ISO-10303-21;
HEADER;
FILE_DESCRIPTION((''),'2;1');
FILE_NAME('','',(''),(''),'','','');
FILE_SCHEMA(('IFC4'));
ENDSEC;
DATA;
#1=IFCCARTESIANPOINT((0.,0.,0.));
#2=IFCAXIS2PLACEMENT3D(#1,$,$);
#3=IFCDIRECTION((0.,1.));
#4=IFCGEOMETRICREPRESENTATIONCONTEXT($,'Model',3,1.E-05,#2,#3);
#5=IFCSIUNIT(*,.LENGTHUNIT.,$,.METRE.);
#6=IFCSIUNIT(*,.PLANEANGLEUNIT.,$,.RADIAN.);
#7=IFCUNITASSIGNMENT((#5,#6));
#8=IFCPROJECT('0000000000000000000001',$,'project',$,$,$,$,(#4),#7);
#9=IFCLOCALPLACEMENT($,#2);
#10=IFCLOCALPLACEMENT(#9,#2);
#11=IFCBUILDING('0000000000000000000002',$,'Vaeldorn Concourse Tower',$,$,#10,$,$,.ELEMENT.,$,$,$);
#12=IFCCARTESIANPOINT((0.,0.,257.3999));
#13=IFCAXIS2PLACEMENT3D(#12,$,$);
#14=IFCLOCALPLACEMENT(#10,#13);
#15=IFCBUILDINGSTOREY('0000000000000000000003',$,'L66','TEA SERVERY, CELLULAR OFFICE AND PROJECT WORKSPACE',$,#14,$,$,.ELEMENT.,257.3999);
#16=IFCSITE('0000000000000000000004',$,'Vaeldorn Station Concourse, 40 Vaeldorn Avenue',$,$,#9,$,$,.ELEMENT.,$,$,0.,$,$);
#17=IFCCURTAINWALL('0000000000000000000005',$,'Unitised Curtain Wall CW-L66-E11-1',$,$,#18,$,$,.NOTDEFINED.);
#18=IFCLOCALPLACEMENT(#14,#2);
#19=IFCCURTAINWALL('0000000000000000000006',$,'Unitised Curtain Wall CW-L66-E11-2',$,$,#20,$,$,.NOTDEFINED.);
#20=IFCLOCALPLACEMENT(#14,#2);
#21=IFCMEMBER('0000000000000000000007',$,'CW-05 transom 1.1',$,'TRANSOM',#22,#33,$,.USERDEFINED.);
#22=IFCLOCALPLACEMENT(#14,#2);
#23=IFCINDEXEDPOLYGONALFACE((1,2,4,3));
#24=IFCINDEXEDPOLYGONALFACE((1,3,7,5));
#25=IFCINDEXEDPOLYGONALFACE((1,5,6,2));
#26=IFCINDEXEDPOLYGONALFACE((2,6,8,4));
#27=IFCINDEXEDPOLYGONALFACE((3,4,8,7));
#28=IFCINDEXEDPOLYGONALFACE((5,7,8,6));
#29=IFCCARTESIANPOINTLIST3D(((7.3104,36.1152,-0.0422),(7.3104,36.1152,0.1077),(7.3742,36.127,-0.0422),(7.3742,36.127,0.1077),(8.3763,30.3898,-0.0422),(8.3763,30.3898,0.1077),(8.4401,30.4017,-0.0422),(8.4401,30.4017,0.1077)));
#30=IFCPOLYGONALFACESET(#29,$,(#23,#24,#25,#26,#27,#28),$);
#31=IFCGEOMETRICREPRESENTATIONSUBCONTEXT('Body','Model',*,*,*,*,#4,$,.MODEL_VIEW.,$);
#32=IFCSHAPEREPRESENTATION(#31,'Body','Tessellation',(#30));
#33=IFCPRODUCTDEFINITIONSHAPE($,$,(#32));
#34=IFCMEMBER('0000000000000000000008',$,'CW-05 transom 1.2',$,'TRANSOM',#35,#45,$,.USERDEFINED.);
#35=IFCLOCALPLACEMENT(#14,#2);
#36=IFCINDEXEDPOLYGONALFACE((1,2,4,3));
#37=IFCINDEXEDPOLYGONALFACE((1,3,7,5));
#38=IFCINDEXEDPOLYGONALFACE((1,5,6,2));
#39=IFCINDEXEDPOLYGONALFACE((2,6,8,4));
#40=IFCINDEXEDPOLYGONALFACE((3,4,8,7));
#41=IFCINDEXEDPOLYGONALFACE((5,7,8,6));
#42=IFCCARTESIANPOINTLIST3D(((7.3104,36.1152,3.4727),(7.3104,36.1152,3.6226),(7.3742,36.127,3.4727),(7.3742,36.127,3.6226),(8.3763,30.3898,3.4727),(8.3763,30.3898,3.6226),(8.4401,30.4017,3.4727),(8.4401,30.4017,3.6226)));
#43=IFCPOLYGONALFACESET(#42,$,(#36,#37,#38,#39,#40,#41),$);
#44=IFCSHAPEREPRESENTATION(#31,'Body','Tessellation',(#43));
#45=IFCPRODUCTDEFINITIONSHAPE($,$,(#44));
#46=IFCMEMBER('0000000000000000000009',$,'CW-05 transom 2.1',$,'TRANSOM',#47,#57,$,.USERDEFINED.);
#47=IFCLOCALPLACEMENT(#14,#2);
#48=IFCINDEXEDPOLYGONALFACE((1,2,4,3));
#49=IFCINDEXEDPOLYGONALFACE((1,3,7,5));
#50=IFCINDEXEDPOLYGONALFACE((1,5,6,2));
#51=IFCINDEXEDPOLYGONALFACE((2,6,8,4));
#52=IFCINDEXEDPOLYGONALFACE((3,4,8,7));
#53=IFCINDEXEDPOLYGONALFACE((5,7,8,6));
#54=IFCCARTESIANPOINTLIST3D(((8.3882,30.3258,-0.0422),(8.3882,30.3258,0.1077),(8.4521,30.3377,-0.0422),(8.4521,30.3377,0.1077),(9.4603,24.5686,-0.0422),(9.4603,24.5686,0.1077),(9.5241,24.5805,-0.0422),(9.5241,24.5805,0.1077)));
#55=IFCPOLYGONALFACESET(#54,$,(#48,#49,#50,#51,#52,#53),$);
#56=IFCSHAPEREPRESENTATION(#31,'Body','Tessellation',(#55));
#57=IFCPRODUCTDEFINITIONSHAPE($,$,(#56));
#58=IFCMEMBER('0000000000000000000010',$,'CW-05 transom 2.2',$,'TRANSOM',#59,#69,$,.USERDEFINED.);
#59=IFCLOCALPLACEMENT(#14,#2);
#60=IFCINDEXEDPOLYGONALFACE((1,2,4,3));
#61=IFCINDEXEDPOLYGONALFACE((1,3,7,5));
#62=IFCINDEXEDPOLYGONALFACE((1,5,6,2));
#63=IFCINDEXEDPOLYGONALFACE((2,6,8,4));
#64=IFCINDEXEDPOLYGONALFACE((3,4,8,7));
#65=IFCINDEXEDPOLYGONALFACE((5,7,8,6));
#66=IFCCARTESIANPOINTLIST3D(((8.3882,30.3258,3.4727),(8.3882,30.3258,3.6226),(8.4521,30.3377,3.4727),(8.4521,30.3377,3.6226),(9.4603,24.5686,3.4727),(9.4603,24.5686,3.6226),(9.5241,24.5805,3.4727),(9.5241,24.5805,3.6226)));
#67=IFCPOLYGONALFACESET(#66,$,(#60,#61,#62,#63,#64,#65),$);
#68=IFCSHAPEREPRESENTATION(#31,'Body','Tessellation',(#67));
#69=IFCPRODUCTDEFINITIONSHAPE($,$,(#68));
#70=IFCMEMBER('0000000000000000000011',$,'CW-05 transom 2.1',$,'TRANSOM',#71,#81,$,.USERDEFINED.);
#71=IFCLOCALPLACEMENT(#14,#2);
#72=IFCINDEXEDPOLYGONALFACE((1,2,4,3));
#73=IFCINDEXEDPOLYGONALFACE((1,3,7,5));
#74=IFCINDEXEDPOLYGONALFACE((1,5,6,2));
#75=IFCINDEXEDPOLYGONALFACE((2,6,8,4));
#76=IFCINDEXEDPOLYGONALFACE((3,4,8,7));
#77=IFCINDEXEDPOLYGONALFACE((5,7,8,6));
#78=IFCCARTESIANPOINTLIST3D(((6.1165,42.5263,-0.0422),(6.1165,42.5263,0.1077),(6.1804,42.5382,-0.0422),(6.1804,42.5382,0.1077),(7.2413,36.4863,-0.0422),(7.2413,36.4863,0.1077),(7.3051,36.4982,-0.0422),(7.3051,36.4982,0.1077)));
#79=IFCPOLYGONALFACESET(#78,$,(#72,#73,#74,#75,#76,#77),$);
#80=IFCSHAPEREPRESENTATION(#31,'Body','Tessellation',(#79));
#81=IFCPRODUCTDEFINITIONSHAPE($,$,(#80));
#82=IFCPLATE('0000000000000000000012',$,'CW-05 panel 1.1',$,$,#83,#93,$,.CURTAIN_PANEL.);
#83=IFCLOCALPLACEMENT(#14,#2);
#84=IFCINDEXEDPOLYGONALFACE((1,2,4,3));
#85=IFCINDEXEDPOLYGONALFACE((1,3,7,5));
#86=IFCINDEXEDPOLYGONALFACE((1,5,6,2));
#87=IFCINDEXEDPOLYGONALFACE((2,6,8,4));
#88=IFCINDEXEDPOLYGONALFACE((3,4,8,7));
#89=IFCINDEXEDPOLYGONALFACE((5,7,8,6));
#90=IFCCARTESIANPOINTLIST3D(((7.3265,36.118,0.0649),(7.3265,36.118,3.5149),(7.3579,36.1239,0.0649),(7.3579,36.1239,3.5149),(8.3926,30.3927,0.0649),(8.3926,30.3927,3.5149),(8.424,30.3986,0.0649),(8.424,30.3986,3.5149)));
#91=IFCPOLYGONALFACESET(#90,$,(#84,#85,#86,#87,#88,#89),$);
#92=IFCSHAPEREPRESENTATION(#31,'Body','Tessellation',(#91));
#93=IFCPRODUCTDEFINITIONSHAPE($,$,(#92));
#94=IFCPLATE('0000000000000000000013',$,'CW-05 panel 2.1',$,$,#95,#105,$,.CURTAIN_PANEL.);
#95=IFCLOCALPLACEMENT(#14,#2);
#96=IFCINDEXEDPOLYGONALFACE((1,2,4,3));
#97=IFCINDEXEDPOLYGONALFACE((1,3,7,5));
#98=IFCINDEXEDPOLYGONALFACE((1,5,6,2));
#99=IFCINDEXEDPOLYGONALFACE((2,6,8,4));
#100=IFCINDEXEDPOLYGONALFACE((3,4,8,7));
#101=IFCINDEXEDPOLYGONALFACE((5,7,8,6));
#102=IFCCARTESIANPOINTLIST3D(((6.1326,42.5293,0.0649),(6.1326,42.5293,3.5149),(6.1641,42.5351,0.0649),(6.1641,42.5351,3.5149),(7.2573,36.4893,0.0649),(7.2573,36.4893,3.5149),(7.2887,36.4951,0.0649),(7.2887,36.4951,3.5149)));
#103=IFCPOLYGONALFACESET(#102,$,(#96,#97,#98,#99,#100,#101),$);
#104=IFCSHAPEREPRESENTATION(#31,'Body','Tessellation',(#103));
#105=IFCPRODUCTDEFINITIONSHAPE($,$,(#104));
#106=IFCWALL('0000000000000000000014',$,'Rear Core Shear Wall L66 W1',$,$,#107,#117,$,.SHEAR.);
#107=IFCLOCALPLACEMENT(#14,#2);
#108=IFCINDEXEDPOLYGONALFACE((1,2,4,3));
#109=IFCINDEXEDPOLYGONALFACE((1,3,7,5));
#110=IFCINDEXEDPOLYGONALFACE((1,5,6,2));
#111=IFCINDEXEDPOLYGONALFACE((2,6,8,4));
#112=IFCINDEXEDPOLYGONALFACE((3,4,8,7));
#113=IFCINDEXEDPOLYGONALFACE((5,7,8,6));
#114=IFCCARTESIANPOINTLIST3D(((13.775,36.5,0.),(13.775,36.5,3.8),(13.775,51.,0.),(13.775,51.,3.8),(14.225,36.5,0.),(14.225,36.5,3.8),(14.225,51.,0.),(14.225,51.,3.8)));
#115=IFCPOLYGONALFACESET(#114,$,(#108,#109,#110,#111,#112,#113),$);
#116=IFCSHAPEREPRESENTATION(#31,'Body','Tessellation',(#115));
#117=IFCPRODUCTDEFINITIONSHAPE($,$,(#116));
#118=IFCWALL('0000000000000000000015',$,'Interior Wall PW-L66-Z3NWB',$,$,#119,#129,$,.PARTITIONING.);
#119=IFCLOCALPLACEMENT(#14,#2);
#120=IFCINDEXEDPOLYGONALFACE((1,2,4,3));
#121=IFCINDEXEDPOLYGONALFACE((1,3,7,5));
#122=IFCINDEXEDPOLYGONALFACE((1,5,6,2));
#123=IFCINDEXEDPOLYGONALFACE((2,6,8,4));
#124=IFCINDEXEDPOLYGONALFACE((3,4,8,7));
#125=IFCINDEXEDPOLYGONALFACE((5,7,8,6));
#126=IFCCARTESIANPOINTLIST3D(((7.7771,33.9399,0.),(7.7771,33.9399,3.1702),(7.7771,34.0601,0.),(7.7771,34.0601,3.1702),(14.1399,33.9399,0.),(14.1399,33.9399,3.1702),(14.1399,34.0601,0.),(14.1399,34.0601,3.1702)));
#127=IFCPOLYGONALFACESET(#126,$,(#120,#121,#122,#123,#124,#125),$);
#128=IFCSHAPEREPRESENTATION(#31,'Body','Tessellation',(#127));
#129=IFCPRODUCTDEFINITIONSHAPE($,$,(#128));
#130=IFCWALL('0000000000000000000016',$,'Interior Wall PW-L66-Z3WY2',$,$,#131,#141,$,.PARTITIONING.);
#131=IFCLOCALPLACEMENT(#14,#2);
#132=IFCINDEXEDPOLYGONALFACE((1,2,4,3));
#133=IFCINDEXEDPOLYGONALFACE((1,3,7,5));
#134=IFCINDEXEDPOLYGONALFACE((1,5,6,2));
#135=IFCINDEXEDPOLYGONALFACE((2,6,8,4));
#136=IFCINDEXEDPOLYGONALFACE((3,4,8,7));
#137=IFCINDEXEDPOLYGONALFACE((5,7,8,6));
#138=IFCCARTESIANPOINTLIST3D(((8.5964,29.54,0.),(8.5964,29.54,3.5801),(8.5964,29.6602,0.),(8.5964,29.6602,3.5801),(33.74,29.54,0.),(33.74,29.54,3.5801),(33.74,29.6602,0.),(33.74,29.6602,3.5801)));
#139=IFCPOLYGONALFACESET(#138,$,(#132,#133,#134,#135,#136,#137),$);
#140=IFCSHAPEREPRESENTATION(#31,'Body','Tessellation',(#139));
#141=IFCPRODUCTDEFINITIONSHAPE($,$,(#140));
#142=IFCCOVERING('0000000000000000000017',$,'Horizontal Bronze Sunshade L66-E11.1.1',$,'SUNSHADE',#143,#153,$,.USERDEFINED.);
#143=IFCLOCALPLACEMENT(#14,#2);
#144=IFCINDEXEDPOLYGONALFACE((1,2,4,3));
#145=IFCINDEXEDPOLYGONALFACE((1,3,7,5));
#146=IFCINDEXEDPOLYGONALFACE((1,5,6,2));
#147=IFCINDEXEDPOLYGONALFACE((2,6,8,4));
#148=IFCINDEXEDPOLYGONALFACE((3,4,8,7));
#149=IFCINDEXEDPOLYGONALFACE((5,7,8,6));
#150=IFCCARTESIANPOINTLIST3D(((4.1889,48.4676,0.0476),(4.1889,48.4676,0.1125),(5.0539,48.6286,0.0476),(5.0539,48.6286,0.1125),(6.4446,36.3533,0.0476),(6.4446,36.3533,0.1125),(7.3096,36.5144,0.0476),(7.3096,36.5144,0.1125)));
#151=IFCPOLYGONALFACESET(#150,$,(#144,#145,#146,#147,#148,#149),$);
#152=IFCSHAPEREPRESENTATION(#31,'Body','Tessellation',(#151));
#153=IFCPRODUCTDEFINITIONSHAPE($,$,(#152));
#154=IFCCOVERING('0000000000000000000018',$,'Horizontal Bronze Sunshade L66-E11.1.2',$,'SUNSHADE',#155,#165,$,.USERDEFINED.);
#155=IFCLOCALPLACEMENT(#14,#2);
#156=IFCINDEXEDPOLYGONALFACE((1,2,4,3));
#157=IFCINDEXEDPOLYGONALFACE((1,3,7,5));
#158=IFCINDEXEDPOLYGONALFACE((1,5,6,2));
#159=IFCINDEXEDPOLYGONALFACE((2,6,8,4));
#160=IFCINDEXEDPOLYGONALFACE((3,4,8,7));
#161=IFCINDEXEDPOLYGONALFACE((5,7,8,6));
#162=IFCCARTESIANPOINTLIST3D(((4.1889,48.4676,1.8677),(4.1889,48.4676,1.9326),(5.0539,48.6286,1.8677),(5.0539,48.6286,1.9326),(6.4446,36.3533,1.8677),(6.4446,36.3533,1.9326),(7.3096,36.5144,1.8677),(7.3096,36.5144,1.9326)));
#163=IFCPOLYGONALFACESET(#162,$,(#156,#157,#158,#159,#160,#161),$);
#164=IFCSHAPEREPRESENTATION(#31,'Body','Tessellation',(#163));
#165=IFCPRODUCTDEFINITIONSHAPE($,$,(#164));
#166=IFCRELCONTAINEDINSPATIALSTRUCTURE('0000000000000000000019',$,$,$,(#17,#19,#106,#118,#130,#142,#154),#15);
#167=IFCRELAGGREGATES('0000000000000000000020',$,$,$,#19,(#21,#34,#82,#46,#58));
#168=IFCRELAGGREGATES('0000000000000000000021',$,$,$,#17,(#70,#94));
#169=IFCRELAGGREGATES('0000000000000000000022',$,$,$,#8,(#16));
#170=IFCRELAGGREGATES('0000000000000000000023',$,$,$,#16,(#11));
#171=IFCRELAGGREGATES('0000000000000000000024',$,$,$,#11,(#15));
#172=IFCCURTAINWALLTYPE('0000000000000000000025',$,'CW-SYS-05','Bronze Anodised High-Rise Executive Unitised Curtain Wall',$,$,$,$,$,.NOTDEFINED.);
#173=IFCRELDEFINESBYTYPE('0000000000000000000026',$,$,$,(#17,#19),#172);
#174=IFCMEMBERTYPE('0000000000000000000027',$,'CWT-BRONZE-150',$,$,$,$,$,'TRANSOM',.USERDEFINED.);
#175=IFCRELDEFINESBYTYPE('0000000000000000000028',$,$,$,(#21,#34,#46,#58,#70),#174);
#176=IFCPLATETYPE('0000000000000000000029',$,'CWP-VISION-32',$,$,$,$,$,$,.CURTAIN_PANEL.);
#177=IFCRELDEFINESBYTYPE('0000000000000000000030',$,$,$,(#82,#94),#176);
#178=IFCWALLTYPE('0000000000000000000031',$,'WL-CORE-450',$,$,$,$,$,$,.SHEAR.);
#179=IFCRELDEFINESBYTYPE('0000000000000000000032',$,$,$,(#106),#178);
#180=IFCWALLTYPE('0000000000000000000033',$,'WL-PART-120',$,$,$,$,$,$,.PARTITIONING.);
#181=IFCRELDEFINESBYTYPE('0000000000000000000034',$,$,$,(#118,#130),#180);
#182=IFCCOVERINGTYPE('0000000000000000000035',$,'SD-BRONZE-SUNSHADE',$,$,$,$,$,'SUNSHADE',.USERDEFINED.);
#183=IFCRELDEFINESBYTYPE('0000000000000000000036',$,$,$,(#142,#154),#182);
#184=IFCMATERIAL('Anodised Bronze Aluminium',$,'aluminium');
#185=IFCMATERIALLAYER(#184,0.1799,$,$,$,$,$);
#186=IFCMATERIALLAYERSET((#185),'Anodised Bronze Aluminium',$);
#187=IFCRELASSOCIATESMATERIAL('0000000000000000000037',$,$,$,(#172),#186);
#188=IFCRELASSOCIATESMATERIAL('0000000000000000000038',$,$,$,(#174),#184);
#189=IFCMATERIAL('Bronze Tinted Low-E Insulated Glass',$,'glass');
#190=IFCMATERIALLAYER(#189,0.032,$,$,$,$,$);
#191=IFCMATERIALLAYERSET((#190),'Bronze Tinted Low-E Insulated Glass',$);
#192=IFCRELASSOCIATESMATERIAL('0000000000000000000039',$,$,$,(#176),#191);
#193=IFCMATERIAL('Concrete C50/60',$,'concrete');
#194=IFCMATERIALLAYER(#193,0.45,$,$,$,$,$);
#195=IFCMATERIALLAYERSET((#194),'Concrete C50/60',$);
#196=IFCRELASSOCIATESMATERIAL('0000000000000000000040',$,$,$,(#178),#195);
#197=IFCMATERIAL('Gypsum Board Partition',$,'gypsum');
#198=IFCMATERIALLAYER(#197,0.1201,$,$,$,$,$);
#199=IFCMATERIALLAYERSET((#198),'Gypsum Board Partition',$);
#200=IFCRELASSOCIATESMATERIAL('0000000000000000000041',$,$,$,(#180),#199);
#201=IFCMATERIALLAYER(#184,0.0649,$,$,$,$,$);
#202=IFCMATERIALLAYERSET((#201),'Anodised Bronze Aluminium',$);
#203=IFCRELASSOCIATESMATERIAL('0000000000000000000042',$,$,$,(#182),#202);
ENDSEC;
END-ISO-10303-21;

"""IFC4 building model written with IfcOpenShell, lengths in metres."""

from ifc_helpers import new_model, si_unit, direction, frame, frame_2d, origin, origin_2d, place, context, subcontext, project, spatial, rectangle, extrude, source, transform, mapped, material, layer, layer_set, material_profile, profile_set, type_object, element, aggregate, save


model = new_model("IFC4")

# Units and contexts
model_context = context("Model", 3, precision=1e-05, world=origin(), true_north=direction((0.0, 1.0)))
body_context = subcontext(model_context, "Body", "Model", "MODEL_VIEW")
ifc_project = project(units=[si_unit("LENGTHUNIT", "METRE"), si_unit("PLANEANGLEUNIT", "RADIAN")], contexts=[model_context])

# Site, building, storey
site_placement = place(None, origin())
site = spatial("IfcSite", under=ifc_project, at=site_placement, Name="Vaeldorn Station Concourse, 40 Vaeldorn Avenue", CompositionType="ELEMENT", RefElevation=0.0)
building_placement = place(site_placement, origin())
building = spatial("IfcBuilding", under=site, at=building_placement, Name="Vaeldorn Concourse Tower", CompositionType="ELEMENT")
storey_placement = place(building_placement, frame((0.0, 0.0, 257.3999)))
storey = spatial("IfcBuildingStorey", under=building, at=storey_placement, Name="L66", Description="TEA SERVERY, CELLULAR OFFICE AND PROJECT WORKSPACE", CompositionType="ELEMENT", Elevation=257.3999)

# Shared definitions
ifc_material_1 = material(Name="Concrete C50/60", Category="concrete")

# Curtain wall
ifc_material_2 = material(Name="Anodised Bronze Aluminium", Category="aluminium")
ifc_layer_1 = layer(ifc_material_2, 0.1799)
ifc_layer_set_1 = layer_set([ifc_layer_1], Name="Anodised Bronze Aluminium")
curtain_wall_type = type_object("IfcCurtainWallType", Name="CW-SYS-05", Description="Bronze Anodised High-Rise Executive Unitised Curtain Wall", PredefinedType="NOTDEFINED", material=ifc_layer_set_1)
curtain_wall_1_placement = place(storey_placement, origin())
curtain_wall_1 = element("IfcCurtainWall", 1, at=curtain_wall_1_placement, inside=storey, type_object=curtain_wall_type, Name="Unitised Curtain Wall CW-L66-E11-1", PredefinedType="NOTDEFINED")

# Curtain wall, members
curtain_wall_2_placement = place(storey_placement, origin())
curtain_wall_2 = element("IfcCurtainWall", 2, at=curtain_wall_2_placement, inside=storey, type_object=curtain_wall_type, Name="Unitised Curtain Wall CW-L66-E11-2", PredefinedType="NOTDEFINED")
ifc_material_profile_1 = material_profile(ifc_material_2, rectangle(XDim=0.0649, YDim=0.1499, at=origin_2d()), Name="CWT 65x150")
ifc_profile_set_1 = profile_set([ifc_material_profile_1], Name="Anodised Bronze Aluminium")
member_type_1 = type_object("IfcMemberType", Name="CWT-BRONZE-150", ElementType="TRANSOM", PredefinedType="USERDEFINED", material=ifc_profile_set_1)
shared_shape_1 = source(origin(), body_context, "Body", "SweptSolid", [
    extrude(rectangle(XDim=0.0649, YDim=0.1499, at=origin_2d()), origin(), (0.0, 0.0, 1.0), 5.8237),
])
member_1_placement = place(storey_placement, frame((7.3423, 36.1211, 0.0327), z_axis=(0.18303, -0.983107, 0.0), x_axis=(0.983107, 0.18303, 0.0)))
member_1 = element("IfcMember", 3, at=member_1_placement, type_object=member_type_1, Name="CW-05 transom 1.1", ObjectType="TRANSOM", PredefinedType="USERDEFINED", context=body_context, shape_type="MappedRepresentation", body=[
    mapped(shared_shape_1, transform((0.0, 0.0, 0.0), scale=1.0)),
])
member_2_placement = place(storey_placement, frame((7.3423, 36.1211, 3.5476), z_axis=(0.18303, -0.983107, 0.0), x_axis=(0.983107, 0.18303, 0.0)))
member_2 = element("IfcMember", 4, at=member_2_placement, type_object=member_type_1, Name="CW-05 transom 1.2", ObjectType="TRANSOM", PredefinedType="USERDEFINED", context=body_context, shape_type="MappedRepresentation", body=[
    mapped(shared_shape_1, transform((0.0, 0.0, 0.0), scale=1.0)),
])
shared_shape_2 = source(origin(), body_context, "Body", "SweptSolid", [
    extrude(rectangle(XDim=0.0649, YDim=0.1499, at=origin_2d()), origin(), (0.0, 0.0, 1.0), 5.8562),
])
member_3_placement = place(storey_placement, frame((8.4202, 30.3318, 0.0327), z_axis=(0.183055, -0.983103, 0.0), x_axis=(0.983103, 0.183055, 0.0)))
member_3 = element("IfcMember", 5, at=member_3_placement, type_object=member_type_1, Name="CW-05 transom 2.1", ObjectType="TRANSOM", PredefinedType="USERDEFINED", context=body_context, shape_type="MappedRepresentation", body=[
    mapped(shared_shape_2, transform((0.0, 0.0, 0.0), scale=1.0)),
])
member_4_placement = place(storey_placement, frame((8.4202, 30.3318, 3.5476), z_axis=(0.183055, -0.983103, 0.0), x_axis=(0.983103, 0.183055, 0.0)))
member_4 = element("IfcMember", 6, at=member_4_placement, type_object=member_type_1, Name="CW-05 transom 2.2", ObjectType="TRANSOM", PredefinedType="USERDEFINED", context=body_context, shape_type="MappedRepresentation", body=[
    mapped(shared_shape_2, transform((0.0, 0.0, 0.0), scale=1.0)),
])

# Member
shared_shape_3 = source(origin(), body_context, "Body", "SweptSolid", [
    extrude(rectangle(XDim=0.0649, YDim=0.1499, at=origin_2d()), origin(), (0.0, 0.0, 1.0), 6.1438),
])
member_5_placement = place(storey_placement, frame((6.1484, 42.5322, 0.0327), z_axis=(0.18307, -0.9831, 0.0), x_axis=(0.9831, 0.18307, 0.0)))
member_5 = element("IfcMember", 7, at=member_5_placement, type_object=member_type_1, Name="CW-05 transom 2.1", ObjectType="TRANSOM", PredefinedType="USERDEFINED", context=body_context, shape_type="MappedRepresentation", body=[
    mapped(shared_shape_3, transform((0.0, 0.0, 0.0), scale=1.0)),
])

# Plates
ifc_material_3 = material(Name="Bronze Tinted Low-E Insulated Glass", Category="glass")
ifc_layer_2 = layer(ifc_material_3, 0.032)
ifc_layer_set_2 = layer_set([ifc_layer_2], Name="Bronze Tinted Low-E Insulated Glass")
plate_type = type_object("IfcPlateType", Name="CWP-VISION-32", PredefinedType="CURTAIN_PANEL", material=ifc_layer_set_2)
shared_shape_4 = source(origin(), body_context, "Body", "SweptSolid", [
    extrude(rectangle(XDim=5.8237, YDim=0.032, at=origin_2d()), origin(), (0.0, 0.0, 1.0), 3.45),
])
plate_1_placement = place(storey_placement, frame((7.8752, 33.2583, 0.0649), z_axis=(0.0, 0.0, 1.0), x_axis=(0.183055, -0.983103, 0.0)))
plate_1 = element("IfcPlate", 8, at=plate_1_placement, type_object=plate_type, Name="CW-05 panel 1.1", PredefinedType="CURTAIN_PANEL", context=body_context, shape_type="MappedRepresentation", body=[
    mapped(shared_shape_4, transform((0.0, 0.0, 0.0), scale=1.0)),
])
aggregate(curtain_wall_2, [member_1, member_2, plate_1, member_3, member_4])
shared_shape_5 = source(origin(), body_context, "Body", "SweptSolid", [
    extrude(rectangle(XDim=6.1438, YDim=0.032, at=origin_2d()), origin(), (0.0, 0.0, 1.0), 3.45),
])
plate_2_placement = place(storey_placement, frame((6.7107, 39.5122, 0.0649), z_axis=(0.0, 0.0, 1.0), x_axis=(0.183054, -0.983103, 0.0)))
plate_2 = element("IfcPlate", 9, at=plate_2_placement, type_object=plate_type, Name="CW-05 panel 2.1", PredefinedType="CURTAIN_PANEL", context=body_context, shape_type="MappedRepresentation", body=[
    mapped(shared_shape_5, transform((0.0, 0.0, 0.0), scale=1.0)),
])
aggregate(curtain_wall_1, [member_5, plate_2])

# Walls
ifc_layer_3 = layer(ifc_material_1, 0.45)
ifc_layer_set_3 = layer_set([ifc_layer_3], Name="Concrete C50/60")
wall_type_1 = type_object("IfcWallType", Name="WL-CORE-450", PredefinedType="SHEAR", material=ifc_layer_set_3)
wall_1_placement = place(storey_placement, frame((14.0, 36.5, 0.0), z_axis=(0.0, 0.0, 1.0), x_axis=(0.0, 1.0, 0.0)))
element("IfcWall", 10, at=wall_1_placement, inside=storey, type_object=wall_type_1, Name="Rear Core Shear Wall L66 W1", PredefinedType="SHEAR", context=body_context, shape_type="SweptSolid", body=[
    extrude(rectangle(XDim=14.5, YDim=0.45, at=frame_2d((7.25, 0.0))), origin(), (0.0, 0.0, 1.0), 3.8),
])
ifc_material_4 = material(Name="Gypsum Board Partition", Category="gypsum")
ifc_layer_4 = layer(ifc_material_4, 0.1201)
ifc_layer_set_4 = layer_set([ifc_layer_4], Name="Gypsum Board Partition")
wall_type_2 = type_object("IfcWallType", Name="WL-PART-120", PredefinedType="PARTITIONING", material=ifc_layer_set_4)
wall_2_placement = place(storey_placement, frame((7.7771, 34.0, 0.0), z_axis=(0.0, 0.0, 1.0), x_axis=(1.0, 0.0, 0.0)))
element("IfcWall", 11, at=wall_2_placement, inside=storey, type_object=wall_type_2, Name="Interior Wall PW-L66-Z3NWB", PredefinedType="PARTITIONING", context=body_context, shape_type="SweptSolid", body=[
    extrude(rectangle(XDim=6.3628, YDim=0.1201, at=frame_2d((3.1814, 0.0))), origin(), (0.0, 0.0, 1.0), 3.1702),
])
wall_3_placement = place(storey_placement, frame((8.5964, 29.6001, 0.0), z_axis=(0.0, 0.0, 1.0), x_axis=(1.0, 0.0, 0.0)))
element("IfcWall", 12, at=wall_3_placement, inside=storey, type_object=wall_type_2, Name="Interior Wall PW-L66-Z3WY2", PredefinedType="PARTITIONING", context=body_context, shape_type="SweptSolid", body=[
    extrude(rectangle(XDim=25.1436, YDim=0.1201, at=frame_2d((12.5718, 0.0))), origin(), (0.0, 0.0, 1.0), 3.5801),
])

# Coverings
ifc_layer_5 = layer(ifc_material_2, 0.0649)
ifc_layer_set_5 = layer_set([ifc_layer_5], Name="Anodised Bronze Aluminium")
covering_type = type_object("IfcCoveringType", Name="SD-BRONZE-SUNSHADE", ElementType="SUNSHADE", PredefinedType="USERDEFINED", material=ifc_layer_set_5)
shared_shape_6 = source(origin(), body_context, "Body", "SweptSolid", [
    extrude(rectangle(XDim=12.3225, YDim=0.8799, at=origin_2d()), origin(), (0.0, 0.0, 1.0), 0.0649),
])
for number, where, z_axis, x_axis, name in (
    (13, (5.7493, 42.491, 0.0476), (0.0, 0.0, 1.0), (0.183059, -0.983102, 0.0), "Horizontal Bronze Sunshade L66-E11.1.1"),
    (14, (5.7493, 42.491, 1.8677), (0.0, 0.0, 1.0), (0.183059, -0.983102, 0.0), "Horizontal Bronze Sunshade L66-E11.1.2"),
):
    element("IfcCovering", number, at=place(storey_placement, frame(where, z_axis=z_axis, x_axis=x_axis)), inside=storey, type_object=covering_type, Name=name, ObjectType="SUNSHADE", PredefinedType="USERDEFINED", context=body_context, shape_type="MappedRepresentation", body=[
        mapped(shared_shape_6, transform((0.0, 0.0, 0.0), scale=1.0)),
    ])

save(model, "model.ifc")
